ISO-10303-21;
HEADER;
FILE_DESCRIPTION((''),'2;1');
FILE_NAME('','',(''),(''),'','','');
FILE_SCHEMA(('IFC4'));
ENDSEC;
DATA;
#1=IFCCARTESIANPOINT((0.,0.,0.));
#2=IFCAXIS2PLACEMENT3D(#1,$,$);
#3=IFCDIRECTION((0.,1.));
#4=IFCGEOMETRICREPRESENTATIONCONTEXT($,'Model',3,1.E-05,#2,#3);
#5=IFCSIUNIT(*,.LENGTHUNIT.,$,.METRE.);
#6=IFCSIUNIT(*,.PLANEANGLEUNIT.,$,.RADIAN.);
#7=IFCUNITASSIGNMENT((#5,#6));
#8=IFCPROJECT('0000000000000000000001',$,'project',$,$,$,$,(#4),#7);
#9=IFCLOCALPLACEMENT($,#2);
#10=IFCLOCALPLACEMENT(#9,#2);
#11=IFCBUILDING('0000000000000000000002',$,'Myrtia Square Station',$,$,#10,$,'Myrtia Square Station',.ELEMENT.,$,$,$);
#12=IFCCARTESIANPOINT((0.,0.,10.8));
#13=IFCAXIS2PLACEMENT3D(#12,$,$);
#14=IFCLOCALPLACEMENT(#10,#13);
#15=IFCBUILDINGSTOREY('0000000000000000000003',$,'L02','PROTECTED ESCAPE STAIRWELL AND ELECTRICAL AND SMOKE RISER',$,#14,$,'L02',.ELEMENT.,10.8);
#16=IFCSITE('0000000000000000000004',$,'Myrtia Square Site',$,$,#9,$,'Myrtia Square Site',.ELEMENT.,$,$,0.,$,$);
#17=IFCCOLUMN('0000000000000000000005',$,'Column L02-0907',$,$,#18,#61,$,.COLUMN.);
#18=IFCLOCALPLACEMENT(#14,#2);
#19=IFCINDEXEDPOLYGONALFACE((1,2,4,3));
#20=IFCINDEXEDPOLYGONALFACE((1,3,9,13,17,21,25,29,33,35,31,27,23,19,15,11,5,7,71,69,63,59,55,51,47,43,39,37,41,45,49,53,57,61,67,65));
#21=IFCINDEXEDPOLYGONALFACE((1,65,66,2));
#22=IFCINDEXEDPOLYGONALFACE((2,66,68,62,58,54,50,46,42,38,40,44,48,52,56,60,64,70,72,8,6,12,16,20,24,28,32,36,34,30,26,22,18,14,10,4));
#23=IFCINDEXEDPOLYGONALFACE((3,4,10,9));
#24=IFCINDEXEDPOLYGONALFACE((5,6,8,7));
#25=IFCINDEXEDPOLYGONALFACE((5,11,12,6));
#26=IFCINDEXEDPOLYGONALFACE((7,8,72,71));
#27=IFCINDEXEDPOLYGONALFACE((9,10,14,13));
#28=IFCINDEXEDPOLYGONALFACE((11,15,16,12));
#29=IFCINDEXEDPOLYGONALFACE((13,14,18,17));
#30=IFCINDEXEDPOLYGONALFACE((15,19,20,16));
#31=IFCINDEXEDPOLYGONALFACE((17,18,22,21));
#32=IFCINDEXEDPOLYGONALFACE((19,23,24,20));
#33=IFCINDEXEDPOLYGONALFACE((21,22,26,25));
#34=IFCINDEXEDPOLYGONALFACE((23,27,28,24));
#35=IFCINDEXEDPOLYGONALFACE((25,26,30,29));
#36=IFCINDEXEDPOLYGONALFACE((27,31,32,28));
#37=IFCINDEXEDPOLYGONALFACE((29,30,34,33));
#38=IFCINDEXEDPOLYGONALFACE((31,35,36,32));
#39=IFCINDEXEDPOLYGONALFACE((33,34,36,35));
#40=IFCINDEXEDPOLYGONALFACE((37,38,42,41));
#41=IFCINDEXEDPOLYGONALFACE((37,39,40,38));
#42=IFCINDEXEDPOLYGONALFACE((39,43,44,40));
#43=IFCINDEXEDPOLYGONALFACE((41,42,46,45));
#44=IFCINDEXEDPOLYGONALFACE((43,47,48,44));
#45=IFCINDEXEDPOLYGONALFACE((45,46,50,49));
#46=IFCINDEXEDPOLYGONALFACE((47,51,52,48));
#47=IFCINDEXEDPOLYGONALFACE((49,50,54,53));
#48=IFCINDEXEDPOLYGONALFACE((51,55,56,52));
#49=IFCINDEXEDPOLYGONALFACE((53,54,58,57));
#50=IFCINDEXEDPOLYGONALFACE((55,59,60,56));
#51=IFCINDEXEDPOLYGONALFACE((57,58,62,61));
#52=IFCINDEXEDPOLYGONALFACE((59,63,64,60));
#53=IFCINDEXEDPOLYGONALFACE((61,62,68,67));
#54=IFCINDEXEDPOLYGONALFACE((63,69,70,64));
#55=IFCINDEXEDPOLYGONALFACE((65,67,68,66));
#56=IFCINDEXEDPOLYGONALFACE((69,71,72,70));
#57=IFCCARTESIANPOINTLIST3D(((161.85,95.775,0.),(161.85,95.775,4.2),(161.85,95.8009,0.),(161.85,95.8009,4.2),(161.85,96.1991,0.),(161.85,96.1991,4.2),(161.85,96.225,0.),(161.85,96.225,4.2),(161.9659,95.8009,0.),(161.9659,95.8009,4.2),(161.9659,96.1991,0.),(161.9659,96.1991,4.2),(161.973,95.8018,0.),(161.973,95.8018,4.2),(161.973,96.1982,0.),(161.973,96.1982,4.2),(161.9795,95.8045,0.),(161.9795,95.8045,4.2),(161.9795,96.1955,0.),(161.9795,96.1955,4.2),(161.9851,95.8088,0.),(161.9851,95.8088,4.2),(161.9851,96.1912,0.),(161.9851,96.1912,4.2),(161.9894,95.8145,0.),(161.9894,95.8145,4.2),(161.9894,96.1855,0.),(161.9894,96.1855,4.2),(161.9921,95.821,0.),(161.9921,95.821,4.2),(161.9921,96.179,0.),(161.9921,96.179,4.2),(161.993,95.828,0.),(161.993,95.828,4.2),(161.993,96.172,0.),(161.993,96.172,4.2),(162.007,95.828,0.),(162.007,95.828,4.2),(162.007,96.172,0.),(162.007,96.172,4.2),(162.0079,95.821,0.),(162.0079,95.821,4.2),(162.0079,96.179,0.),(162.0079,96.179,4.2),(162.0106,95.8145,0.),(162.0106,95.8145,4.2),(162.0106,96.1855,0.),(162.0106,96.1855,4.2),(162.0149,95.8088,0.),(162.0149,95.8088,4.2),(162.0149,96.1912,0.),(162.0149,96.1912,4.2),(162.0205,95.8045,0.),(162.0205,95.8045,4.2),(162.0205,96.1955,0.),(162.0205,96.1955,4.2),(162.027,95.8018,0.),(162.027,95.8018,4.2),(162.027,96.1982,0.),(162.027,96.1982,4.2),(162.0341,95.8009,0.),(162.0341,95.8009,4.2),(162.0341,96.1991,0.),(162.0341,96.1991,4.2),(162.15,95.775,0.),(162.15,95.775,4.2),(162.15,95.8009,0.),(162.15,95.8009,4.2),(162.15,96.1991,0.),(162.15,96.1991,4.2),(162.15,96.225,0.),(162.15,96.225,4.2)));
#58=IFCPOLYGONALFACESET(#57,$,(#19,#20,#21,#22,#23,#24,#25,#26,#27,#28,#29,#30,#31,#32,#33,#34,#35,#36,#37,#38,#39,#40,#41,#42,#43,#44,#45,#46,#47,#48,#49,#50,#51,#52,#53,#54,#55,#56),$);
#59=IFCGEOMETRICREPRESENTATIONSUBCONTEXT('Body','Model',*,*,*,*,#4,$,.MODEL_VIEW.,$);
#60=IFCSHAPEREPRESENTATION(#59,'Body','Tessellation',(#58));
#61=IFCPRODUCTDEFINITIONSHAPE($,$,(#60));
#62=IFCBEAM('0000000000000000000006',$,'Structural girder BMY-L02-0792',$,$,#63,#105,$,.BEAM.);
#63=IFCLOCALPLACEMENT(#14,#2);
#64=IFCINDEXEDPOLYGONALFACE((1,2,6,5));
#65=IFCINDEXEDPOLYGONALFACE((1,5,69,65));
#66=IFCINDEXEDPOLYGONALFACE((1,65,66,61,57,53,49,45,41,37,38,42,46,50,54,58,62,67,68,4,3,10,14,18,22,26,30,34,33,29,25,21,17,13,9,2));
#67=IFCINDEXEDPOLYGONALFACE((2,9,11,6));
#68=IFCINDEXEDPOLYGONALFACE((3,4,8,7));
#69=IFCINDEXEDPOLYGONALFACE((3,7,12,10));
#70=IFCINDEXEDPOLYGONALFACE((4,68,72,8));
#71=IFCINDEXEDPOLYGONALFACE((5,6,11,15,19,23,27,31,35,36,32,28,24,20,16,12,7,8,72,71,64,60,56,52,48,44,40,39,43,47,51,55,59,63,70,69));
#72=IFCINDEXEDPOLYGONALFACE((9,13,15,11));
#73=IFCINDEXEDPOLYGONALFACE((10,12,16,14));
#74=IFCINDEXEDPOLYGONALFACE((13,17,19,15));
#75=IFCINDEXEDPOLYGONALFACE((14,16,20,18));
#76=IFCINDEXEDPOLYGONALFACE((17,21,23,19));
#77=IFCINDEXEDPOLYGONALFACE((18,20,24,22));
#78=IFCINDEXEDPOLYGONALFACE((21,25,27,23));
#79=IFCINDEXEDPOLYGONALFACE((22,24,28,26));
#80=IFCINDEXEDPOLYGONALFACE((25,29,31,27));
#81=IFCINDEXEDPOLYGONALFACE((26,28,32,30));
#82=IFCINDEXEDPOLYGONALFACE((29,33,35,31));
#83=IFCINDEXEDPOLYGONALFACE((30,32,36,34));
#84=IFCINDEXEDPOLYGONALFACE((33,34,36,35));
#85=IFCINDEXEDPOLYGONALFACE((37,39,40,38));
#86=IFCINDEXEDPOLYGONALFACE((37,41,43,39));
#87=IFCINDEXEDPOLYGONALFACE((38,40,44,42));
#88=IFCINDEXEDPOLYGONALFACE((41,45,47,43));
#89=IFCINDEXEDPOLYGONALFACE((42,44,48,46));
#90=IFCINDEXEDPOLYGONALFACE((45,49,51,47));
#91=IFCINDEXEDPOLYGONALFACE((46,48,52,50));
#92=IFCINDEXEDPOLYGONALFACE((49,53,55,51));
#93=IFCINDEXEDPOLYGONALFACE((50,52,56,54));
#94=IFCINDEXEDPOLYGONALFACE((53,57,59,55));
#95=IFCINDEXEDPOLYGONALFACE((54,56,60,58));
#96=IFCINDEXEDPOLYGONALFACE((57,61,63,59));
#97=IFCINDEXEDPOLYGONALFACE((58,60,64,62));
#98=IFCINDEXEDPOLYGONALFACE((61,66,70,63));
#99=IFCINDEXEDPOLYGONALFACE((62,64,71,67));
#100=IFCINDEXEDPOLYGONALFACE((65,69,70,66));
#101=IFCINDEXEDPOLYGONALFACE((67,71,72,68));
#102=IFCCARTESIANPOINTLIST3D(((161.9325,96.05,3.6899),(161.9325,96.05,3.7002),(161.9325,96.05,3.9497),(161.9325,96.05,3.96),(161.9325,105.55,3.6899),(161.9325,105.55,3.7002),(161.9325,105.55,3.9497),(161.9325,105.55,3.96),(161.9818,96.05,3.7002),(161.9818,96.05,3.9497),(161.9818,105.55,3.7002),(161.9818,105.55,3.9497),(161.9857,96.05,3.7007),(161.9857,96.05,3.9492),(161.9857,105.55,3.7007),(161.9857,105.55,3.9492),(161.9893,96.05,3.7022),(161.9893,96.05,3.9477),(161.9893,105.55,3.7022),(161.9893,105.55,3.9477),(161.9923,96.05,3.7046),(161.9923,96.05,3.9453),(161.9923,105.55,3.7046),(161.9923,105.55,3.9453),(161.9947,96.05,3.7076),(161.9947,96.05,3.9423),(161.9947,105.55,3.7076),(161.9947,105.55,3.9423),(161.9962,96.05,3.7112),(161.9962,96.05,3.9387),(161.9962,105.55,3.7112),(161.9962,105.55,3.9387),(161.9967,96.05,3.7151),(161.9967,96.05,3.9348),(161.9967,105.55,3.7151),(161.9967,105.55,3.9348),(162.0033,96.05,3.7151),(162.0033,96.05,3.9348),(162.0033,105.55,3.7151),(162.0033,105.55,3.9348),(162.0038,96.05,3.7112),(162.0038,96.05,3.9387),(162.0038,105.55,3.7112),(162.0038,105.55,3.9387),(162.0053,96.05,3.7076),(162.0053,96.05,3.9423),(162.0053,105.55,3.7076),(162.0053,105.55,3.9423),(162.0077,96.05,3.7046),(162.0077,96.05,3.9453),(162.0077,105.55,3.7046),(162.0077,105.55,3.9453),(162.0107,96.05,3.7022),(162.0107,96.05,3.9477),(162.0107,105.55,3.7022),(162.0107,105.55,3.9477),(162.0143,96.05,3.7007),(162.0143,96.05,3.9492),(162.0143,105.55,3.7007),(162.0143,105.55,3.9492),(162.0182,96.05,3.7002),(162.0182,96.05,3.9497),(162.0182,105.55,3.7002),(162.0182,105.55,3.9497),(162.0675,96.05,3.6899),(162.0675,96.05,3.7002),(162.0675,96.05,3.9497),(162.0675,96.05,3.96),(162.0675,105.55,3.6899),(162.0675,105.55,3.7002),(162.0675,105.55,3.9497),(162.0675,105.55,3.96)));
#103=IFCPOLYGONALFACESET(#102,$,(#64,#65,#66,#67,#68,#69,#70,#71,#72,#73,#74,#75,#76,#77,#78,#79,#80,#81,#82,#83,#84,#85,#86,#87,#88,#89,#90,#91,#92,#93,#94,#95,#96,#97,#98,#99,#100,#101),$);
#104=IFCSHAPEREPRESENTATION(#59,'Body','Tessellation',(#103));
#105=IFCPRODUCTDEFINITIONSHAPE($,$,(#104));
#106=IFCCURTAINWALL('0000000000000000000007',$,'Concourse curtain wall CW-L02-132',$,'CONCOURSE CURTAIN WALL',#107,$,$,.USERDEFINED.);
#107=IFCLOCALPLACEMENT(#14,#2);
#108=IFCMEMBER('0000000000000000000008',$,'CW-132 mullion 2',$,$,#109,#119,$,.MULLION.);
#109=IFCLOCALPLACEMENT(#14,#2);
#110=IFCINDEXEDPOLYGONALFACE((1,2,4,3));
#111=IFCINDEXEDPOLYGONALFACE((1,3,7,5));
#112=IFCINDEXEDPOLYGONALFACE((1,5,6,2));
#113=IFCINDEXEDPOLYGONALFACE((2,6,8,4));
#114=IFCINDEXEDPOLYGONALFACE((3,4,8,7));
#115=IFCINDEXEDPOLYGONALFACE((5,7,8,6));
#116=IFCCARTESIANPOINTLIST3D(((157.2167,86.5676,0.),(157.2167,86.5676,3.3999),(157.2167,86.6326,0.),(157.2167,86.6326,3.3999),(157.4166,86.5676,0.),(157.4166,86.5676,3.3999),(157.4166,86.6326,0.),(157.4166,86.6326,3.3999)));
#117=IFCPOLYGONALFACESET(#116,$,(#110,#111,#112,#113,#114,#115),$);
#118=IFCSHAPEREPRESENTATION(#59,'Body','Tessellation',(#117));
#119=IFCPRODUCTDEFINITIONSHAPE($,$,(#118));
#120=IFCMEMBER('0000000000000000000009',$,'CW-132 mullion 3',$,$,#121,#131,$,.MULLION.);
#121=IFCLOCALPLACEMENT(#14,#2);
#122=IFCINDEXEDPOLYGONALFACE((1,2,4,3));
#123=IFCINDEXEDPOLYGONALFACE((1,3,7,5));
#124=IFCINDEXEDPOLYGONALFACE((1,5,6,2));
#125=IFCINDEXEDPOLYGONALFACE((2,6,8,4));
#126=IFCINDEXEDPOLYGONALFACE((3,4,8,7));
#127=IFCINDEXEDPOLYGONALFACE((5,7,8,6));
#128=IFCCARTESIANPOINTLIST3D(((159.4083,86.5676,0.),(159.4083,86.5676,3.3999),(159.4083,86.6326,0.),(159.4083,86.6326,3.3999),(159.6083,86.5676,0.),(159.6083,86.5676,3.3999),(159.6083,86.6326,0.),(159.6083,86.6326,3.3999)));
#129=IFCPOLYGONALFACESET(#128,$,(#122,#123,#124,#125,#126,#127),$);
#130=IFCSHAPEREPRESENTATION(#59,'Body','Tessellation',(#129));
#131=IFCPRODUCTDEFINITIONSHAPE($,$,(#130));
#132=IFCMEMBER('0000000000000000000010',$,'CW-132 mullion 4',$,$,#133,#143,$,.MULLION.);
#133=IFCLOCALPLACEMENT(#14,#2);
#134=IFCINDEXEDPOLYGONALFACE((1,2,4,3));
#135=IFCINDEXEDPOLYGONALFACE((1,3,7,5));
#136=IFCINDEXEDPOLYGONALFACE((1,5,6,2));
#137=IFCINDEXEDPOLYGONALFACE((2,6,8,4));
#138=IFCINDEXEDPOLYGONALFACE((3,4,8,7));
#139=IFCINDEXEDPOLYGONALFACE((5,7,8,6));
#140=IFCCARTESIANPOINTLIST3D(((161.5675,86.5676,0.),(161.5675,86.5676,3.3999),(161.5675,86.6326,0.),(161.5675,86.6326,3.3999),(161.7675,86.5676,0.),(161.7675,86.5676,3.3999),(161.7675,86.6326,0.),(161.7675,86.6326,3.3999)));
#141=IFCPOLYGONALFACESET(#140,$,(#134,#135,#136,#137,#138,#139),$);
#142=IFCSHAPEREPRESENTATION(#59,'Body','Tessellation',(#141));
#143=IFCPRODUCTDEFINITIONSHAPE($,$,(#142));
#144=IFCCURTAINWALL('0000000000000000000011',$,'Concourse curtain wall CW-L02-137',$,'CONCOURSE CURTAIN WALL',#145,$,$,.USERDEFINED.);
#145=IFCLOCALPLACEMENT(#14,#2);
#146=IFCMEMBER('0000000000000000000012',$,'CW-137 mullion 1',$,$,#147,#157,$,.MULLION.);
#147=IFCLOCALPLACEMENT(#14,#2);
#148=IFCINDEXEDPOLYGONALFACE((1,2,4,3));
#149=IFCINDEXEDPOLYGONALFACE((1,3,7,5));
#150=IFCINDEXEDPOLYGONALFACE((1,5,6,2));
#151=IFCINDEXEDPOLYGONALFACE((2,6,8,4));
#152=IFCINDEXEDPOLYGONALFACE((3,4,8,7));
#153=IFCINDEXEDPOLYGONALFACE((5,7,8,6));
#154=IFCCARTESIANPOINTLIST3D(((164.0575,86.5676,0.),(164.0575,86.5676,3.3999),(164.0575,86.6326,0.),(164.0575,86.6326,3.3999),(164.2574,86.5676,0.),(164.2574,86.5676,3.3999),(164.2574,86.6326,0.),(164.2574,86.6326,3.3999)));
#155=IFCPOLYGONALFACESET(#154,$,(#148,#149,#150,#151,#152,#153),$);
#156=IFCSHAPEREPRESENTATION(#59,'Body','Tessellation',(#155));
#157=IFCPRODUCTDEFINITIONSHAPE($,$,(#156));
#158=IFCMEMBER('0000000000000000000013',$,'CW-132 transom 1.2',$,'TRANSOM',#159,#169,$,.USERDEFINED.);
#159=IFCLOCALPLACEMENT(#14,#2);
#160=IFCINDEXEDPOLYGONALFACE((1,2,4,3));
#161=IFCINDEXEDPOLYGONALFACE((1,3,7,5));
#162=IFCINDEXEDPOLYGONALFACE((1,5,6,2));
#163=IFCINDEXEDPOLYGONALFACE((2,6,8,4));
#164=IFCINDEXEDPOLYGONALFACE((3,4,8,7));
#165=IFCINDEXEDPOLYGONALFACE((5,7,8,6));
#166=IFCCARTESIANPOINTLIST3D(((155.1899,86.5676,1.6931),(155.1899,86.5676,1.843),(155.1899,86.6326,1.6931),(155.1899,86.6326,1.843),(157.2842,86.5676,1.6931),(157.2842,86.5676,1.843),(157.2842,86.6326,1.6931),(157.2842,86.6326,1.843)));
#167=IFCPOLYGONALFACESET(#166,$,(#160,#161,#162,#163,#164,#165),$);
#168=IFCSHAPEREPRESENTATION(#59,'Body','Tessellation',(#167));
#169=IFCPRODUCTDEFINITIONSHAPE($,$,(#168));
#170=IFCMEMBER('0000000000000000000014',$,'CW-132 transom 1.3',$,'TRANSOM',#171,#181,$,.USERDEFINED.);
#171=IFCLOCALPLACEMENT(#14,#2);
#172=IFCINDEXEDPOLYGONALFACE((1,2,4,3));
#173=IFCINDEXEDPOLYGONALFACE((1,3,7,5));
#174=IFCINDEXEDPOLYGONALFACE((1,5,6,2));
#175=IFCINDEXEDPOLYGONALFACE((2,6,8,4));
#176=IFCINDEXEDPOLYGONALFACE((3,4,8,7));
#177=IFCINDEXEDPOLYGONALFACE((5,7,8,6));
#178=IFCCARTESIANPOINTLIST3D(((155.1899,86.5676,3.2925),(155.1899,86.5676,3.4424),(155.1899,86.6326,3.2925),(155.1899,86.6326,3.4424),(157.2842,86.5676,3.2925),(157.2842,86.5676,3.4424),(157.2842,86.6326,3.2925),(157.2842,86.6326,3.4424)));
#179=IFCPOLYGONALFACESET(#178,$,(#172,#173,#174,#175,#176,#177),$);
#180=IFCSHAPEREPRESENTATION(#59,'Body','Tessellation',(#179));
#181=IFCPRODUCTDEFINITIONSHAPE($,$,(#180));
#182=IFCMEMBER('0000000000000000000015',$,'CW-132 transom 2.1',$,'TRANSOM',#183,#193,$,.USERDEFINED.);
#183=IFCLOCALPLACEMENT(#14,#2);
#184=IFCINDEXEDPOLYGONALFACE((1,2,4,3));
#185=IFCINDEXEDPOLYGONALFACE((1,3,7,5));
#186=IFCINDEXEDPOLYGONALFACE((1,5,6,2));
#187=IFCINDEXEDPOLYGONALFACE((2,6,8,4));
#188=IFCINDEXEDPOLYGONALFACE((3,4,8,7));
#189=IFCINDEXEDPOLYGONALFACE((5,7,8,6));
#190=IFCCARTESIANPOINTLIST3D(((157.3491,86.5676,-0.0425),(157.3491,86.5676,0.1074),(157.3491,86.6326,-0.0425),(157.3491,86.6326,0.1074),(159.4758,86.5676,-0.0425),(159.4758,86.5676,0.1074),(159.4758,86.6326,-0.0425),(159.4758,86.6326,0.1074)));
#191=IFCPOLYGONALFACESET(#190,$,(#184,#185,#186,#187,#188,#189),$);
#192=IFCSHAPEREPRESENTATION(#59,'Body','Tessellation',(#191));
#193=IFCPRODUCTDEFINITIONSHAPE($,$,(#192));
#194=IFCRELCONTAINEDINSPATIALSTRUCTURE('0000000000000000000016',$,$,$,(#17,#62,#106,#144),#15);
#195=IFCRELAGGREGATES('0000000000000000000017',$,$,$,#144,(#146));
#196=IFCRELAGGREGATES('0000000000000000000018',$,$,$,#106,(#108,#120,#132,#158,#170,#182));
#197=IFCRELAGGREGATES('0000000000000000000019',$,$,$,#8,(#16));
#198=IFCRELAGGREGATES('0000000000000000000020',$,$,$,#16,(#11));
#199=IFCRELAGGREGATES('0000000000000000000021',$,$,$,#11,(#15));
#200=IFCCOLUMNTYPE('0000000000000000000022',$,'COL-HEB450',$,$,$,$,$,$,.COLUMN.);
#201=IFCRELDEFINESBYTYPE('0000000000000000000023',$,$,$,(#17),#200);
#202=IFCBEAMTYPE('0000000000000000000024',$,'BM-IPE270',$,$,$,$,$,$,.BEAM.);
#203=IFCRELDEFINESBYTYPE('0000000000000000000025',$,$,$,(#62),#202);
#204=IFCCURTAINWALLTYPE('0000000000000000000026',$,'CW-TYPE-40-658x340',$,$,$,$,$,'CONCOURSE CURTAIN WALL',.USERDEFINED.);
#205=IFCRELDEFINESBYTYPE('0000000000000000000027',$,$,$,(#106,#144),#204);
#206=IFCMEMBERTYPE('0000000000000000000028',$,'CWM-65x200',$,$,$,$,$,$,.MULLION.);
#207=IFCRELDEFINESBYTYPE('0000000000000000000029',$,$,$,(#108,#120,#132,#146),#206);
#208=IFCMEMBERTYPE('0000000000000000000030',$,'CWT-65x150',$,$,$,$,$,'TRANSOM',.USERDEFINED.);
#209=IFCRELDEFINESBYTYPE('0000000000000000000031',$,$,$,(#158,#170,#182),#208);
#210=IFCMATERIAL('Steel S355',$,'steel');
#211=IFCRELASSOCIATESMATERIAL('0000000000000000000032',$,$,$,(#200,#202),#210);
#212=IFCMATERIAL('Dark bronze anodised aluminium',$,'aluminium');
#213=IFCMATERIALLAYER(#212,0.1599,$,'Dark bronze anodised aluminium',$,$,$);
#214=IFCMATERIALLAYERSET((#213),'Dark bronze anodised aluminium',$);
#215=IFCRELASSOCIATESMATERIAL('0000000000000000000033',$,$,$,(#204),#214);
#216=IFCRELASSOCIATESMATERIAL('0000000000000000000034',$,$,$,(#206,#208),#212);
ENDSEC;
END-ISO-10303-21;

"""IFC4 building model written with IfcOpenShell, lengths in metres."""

from ifc_helpers import new_model, si_unit, direction, frame, origin, origin_2d, place, context, subcontext, project, spatial, rectangle, i_section, extrude, material, layer, layer_set, material_profile, profile_set, type_object, element, aggregate, save


model = new_model("IFC4")

# Units and contexts
model_context = context("Model", 3, precision=1e-05, world=origin(), true_north=direction((0.0, 1.0)))
body_context = subcontext(model_context, "Body", "Model", "MODEL_VIEW")
ifc_project = project(units=[si_unit("LENGTHUNIT", "METRE"), si_unit("PLANEANGLEUNIT", "RADIAN")], contexts=[model_context])

# Site, building, storey
site_placement = place(None, origin())
site = spatial("IfcSite", under=ifc_project, at=site_placement, Name="Myrtia Square Site", LongName="Myrtia Square Site", CompositionType="ELEMENT", RefElevation=0.0)
building_placement = place(site_placement, origin())
building = spatial("IfcBuilding", under=site, at=building_placement, Name="Myrtia Square Station", LongName="Myrtia Square Station", CompositionType="ELEMENT")
storey_placement = place(building_placement, frame((0.0, 0.0, 10.8)))
storey = spatial("IfcBuildingStorey", under=building, at=storey_placement, Name="L02", Description="PROTECTED ESCAPE STAIRWELL AND ELECTRICAL AND SMOKE RISER", LongName="L02", CompositionType="ELEMENT", Elevation=10.8)

# Column
ifc_material_1 = material(Name="Steel S355", Category="steel")
ifc_material_profile_1 = material_profile(ifc_material_1, i_section(OverallWidth=0.3, OverallDepth=0.45, WebThickness=0.0139, FlangeThickness=0.0259, FilletRadius=0.0271, at=origin_2d()), Name="HEB 450")
ifc_profile_set_1 = profile_set([ifc_material_profile_1], Name="Steel S355")
column_type = type_object("IfcColumnType", Name="COL-HEB450", PredefinedType="COLUMN", material=ifc_profile_set_1)
column_placement = place(storey_placement, frame((162.0, 96.0, 0.0), z_axis=(0.0, 0.0, 1.0), x_axis=(1.0, 0.0, 0.0)))
element("IfcColumn", 1, at=column_placement, inside=storey, type_object=column_type, Name="Column L02-0907", PredefinedType="COLUMN", context=body_context, shape_type="SweptSolid", body=[
    extrude(i_section(OverallWidth=0.3, OverallDepth=0.45, WebThickness=0.0139, FlangeThickness=0.0259, FilletRadius=0.0271, at=origin_2d()), origin(), (0.0, 0.0, 1.0), 4.2),
])

# Beam
ifc_material_profile_2 = material_profile(ifc_material_1, i_section(OverallWidth=0.135, OverallDepth=0.27, WebThickness=0.0066, FlangeThickness=0.0103, FilletRadius=0.0149, at=origin_2d()), Name="IPE 270")
ifc_profile_set_2 = profile_set([ifc_material_profile_2], Name="Steel S355")
beam_type = type_object("IfcBeamType", Name="BM-IPE270", PredefinedType="BEAM", material=ifc_profile_set_2)
beam_placement = place(storey_placement, frame((162.0, 96.05, 3.825), z_axis=(0.0, 1.0, 0.0), x_axis=(-1.0, 0.0, 0.0)))
element("IfcBeam", 2, at=beam_placement, inside=storey, type_object=beam_type, Name="Structural girder BMY-L02-0792", PredefinedType="BEAM", context=body_context, shape_type="SweptSolid", body=[
    extrude(i_section(OverallWidth=0.135, OverallDepth=0.27, WebThickness=0.0066, FlangeThickness=0.0103, FilletRadius=0.0149, at=origin_2d()), origin(), (0.0, 0.0, 1.0), 9.5),
])

# Curtain wall, members
ifc_material_2 = material(Name="Dark bronze anodised aluminium", Category="aluminium")
ifc_layer_1 = layer(ifc_material_2, 0.1599, Name="Dark bronze anodised aluminium")
ifc_layer_set_1 = layer_set([ifc_layer_1], Name="Dark bronze anodised aluminium")
curtain_wall_type = type_object("IfcCurtainWallType", Name="CW-TYPE-40-658x340", ElementType="CONCOURSE CURTAIN WALL", PredefinedType="USERDEFINED", material=ifc_layer_set_1)
curtain_wall_1_placement = place(storey_placement, origin())
curtain_wall_1 = element("IfcCurtainWall", 3, at=curtain_wall_1_placement, inside=storey, type_object=curtain_wall_type, Name="Concourse curtain wall CW-L02-132", ObjectType="CONCOURSE CURTAIN WALL", PredefinedType="USERDEFINED")
ifc_material_profile_3 = material_profile(ifc_material_2, rectangle(XDim=0.0649, YDim=0.2, at=origin_2d()), Name="ALU-M 65x200")
ifc_profile_set_3 = profile_set([ifc_material_profile_3], Name="Dark bronze anodised aluminium")
member_type_1 = type_object("IfcMemberType", Name="CWM-65x200", PredefinedType="MULLION", material=ifc_profile_set_3)
member_1_placement = place(storey_placement, frame((157.3167, 86.6001, 0.0), z_axis=(0.0, 0.0, 1.0), x_axis=(0.0, 1.0, 0.0)))
member_1 = element("IfcMember", 4, at=member_1_placement, type_object=member_type_1, Name="CW-132 mullion 2", PredefinedType="MULLION", context=body_context, shape_type="SweptSolid", body=[
    extrude(rectangle(XDim=0.0649, YDim=0.2, at=origin_2d()), origin(), (0.0, 0.0, 1.0), 3.3999),
])
member_2_placement = place(storey_placement, frame((159.5083, 86.6001, 0.0), z_axis=(0.0, 0.0, 1.0), x_axis=(0.0, 1.0, 0.0)))
member_2 = element("IfcMember", 5, at=member_2_placement, type_object=member_type_1, Name="CW-132 mullion 3", PredefinedType="MULLION", context=body_context, shape_type="SweptSolid", body=[
    extrude(rectangle(XDim=0.0649, YDim=0.2, at=origin_2d()), origin(), (0.0, 0.0, 1.0), 3.3999),
])
member_3_placement = place(storey_placement, frame((161.6675, 86.6001, 0.0), z_axis=(0.0, 0.0, 1.0), x_axis=(0.0, 1.0, 0.0)))
member_3 = element("IfcMember", 6, at=member_3_placement, type_object=member_type_1, Name="CW-132 mullion 4", PredefinedType="MULLION", context=body_context, shape_type="SweptSolid", body=[
    extrude(rectangle(XDim=0.0649, YDim=0.2, at=origin_2d()), origin(), (0.0, 0.0, 1.0), 3.3999),
])

# Curtain wall, member
curtain_wall_2_placement = place(storey_placement, origin())
curtain_wall_2 = element("IfcCurtainWall", 7, at=curtain_wall_2_placement, inside=storey, type_object=curtain_wall_type, Name="Concourse curtain wall CW-L02-137", ObjectType="CONCOURSE CURTAIN WALL", PredefinedType="USERDEFINED")
member_4_placement = place(storey_placement, frame((164.1575, 86.6001, 0.0), z_axis=(0.0, 0.0, 1.0), x_axis=(0.0, 1.0, 0.0)))
member_4 = element("IfcMember", 8, at=member_4_placement, type_object=member_type_1, Name="CW-137 mullion 1", PredefinedType="MULLION", context=body_context, shape_type="SweptSolid", body=[
    extrude(rectangle(XDim=0.0649, YDim=0.2, at=origin_2d()), origin(), (0.0, 0.0, 1.0), 3.3999),
])

# Members
ifc_material_profile_4 = material_profile(ifc_material_2, rectangle(XDim=0.0649, YDim=0.1499, at=origin_2d()), Name="ALU-T 65x150")
ifc_profile_set_4 = profile_set([ifc_material_profile_4], Name="Dark bronze anodised aluminium")
member_type_2 = type_object("IfcMemberType", Name="CWT-65x150", ElementType="TRANSOM", PredefinedType="USERDEFINED", material=ifc_profile_set_4)
member_5_placement = place(storey_placement, frame((155.1899, 86.6001, 1.7681), z_axis=(1.0, 0.0, 0.0), x_axis=(0.0, 1.0, 0.0)))
member_5 = element("IfcMember", 9, at=member_5_placement, type_object=member_type_2, Name="CW-132 transom 1.2", ObjectType="TRANSOM", PredefinedType="USERDEFINED", context=body_context, shape_type="SweptSolid", body=[
    extrude(rectangle(XDim=0.0649, YDim=0.1499, at=origin_2d()), origin(), (0.0, 0.0, 1.0), 2.0942),
])
member_6_placement = place(storey_placement, frame((155.1899, 86.6001, 3.3674), z_axis=(1.0, 0.0, 0.0), x_axis=(0.0, 1.0, 0.0)))
member_6 = element("IfcMember", 10, at=member_6_placement, type_object=member_type_2, Name="CW-132 transom 1.3", ObjectType="TRANSOM", PredefinedType="USERDEFINED", context=body_context, shape_type="SweptSolid", body=[
    extrude(rectangle(XDim=0.0649, YDim=0.1499, at=origin_2d()), origin(), (0.0, 0.0, 1.0), 2.0942),
])
member_7_placement = place(storey_placement, frame((157.3491, 86.6001, 0.0325), z_axis=(1.0, 0.0, 0.0), x_axis=(0.0, 1.0, 0.0)))
member_7 = element("IfcMember", 11, at=member_7_placement, type_object=member_type_2, Name="CW-132 transom 2.1", ObjectType="TRANSOM", PredefinedType="USERDEFINED", context=body_context, shape_type="SweptSolid", body=[
    extrude(rectangle(XDim=0.0649, YDim=0.1499, at=origin_2d()), origin(), (0.0, 0.0, 1.0), 2.1267),
])
aggregate(curtain_wall_2, [member_4])

aggregate(curtain_wall_1, [member_1, member_2, member_3, member_5, member_6, member_7])

save(model, "model.ifc")
